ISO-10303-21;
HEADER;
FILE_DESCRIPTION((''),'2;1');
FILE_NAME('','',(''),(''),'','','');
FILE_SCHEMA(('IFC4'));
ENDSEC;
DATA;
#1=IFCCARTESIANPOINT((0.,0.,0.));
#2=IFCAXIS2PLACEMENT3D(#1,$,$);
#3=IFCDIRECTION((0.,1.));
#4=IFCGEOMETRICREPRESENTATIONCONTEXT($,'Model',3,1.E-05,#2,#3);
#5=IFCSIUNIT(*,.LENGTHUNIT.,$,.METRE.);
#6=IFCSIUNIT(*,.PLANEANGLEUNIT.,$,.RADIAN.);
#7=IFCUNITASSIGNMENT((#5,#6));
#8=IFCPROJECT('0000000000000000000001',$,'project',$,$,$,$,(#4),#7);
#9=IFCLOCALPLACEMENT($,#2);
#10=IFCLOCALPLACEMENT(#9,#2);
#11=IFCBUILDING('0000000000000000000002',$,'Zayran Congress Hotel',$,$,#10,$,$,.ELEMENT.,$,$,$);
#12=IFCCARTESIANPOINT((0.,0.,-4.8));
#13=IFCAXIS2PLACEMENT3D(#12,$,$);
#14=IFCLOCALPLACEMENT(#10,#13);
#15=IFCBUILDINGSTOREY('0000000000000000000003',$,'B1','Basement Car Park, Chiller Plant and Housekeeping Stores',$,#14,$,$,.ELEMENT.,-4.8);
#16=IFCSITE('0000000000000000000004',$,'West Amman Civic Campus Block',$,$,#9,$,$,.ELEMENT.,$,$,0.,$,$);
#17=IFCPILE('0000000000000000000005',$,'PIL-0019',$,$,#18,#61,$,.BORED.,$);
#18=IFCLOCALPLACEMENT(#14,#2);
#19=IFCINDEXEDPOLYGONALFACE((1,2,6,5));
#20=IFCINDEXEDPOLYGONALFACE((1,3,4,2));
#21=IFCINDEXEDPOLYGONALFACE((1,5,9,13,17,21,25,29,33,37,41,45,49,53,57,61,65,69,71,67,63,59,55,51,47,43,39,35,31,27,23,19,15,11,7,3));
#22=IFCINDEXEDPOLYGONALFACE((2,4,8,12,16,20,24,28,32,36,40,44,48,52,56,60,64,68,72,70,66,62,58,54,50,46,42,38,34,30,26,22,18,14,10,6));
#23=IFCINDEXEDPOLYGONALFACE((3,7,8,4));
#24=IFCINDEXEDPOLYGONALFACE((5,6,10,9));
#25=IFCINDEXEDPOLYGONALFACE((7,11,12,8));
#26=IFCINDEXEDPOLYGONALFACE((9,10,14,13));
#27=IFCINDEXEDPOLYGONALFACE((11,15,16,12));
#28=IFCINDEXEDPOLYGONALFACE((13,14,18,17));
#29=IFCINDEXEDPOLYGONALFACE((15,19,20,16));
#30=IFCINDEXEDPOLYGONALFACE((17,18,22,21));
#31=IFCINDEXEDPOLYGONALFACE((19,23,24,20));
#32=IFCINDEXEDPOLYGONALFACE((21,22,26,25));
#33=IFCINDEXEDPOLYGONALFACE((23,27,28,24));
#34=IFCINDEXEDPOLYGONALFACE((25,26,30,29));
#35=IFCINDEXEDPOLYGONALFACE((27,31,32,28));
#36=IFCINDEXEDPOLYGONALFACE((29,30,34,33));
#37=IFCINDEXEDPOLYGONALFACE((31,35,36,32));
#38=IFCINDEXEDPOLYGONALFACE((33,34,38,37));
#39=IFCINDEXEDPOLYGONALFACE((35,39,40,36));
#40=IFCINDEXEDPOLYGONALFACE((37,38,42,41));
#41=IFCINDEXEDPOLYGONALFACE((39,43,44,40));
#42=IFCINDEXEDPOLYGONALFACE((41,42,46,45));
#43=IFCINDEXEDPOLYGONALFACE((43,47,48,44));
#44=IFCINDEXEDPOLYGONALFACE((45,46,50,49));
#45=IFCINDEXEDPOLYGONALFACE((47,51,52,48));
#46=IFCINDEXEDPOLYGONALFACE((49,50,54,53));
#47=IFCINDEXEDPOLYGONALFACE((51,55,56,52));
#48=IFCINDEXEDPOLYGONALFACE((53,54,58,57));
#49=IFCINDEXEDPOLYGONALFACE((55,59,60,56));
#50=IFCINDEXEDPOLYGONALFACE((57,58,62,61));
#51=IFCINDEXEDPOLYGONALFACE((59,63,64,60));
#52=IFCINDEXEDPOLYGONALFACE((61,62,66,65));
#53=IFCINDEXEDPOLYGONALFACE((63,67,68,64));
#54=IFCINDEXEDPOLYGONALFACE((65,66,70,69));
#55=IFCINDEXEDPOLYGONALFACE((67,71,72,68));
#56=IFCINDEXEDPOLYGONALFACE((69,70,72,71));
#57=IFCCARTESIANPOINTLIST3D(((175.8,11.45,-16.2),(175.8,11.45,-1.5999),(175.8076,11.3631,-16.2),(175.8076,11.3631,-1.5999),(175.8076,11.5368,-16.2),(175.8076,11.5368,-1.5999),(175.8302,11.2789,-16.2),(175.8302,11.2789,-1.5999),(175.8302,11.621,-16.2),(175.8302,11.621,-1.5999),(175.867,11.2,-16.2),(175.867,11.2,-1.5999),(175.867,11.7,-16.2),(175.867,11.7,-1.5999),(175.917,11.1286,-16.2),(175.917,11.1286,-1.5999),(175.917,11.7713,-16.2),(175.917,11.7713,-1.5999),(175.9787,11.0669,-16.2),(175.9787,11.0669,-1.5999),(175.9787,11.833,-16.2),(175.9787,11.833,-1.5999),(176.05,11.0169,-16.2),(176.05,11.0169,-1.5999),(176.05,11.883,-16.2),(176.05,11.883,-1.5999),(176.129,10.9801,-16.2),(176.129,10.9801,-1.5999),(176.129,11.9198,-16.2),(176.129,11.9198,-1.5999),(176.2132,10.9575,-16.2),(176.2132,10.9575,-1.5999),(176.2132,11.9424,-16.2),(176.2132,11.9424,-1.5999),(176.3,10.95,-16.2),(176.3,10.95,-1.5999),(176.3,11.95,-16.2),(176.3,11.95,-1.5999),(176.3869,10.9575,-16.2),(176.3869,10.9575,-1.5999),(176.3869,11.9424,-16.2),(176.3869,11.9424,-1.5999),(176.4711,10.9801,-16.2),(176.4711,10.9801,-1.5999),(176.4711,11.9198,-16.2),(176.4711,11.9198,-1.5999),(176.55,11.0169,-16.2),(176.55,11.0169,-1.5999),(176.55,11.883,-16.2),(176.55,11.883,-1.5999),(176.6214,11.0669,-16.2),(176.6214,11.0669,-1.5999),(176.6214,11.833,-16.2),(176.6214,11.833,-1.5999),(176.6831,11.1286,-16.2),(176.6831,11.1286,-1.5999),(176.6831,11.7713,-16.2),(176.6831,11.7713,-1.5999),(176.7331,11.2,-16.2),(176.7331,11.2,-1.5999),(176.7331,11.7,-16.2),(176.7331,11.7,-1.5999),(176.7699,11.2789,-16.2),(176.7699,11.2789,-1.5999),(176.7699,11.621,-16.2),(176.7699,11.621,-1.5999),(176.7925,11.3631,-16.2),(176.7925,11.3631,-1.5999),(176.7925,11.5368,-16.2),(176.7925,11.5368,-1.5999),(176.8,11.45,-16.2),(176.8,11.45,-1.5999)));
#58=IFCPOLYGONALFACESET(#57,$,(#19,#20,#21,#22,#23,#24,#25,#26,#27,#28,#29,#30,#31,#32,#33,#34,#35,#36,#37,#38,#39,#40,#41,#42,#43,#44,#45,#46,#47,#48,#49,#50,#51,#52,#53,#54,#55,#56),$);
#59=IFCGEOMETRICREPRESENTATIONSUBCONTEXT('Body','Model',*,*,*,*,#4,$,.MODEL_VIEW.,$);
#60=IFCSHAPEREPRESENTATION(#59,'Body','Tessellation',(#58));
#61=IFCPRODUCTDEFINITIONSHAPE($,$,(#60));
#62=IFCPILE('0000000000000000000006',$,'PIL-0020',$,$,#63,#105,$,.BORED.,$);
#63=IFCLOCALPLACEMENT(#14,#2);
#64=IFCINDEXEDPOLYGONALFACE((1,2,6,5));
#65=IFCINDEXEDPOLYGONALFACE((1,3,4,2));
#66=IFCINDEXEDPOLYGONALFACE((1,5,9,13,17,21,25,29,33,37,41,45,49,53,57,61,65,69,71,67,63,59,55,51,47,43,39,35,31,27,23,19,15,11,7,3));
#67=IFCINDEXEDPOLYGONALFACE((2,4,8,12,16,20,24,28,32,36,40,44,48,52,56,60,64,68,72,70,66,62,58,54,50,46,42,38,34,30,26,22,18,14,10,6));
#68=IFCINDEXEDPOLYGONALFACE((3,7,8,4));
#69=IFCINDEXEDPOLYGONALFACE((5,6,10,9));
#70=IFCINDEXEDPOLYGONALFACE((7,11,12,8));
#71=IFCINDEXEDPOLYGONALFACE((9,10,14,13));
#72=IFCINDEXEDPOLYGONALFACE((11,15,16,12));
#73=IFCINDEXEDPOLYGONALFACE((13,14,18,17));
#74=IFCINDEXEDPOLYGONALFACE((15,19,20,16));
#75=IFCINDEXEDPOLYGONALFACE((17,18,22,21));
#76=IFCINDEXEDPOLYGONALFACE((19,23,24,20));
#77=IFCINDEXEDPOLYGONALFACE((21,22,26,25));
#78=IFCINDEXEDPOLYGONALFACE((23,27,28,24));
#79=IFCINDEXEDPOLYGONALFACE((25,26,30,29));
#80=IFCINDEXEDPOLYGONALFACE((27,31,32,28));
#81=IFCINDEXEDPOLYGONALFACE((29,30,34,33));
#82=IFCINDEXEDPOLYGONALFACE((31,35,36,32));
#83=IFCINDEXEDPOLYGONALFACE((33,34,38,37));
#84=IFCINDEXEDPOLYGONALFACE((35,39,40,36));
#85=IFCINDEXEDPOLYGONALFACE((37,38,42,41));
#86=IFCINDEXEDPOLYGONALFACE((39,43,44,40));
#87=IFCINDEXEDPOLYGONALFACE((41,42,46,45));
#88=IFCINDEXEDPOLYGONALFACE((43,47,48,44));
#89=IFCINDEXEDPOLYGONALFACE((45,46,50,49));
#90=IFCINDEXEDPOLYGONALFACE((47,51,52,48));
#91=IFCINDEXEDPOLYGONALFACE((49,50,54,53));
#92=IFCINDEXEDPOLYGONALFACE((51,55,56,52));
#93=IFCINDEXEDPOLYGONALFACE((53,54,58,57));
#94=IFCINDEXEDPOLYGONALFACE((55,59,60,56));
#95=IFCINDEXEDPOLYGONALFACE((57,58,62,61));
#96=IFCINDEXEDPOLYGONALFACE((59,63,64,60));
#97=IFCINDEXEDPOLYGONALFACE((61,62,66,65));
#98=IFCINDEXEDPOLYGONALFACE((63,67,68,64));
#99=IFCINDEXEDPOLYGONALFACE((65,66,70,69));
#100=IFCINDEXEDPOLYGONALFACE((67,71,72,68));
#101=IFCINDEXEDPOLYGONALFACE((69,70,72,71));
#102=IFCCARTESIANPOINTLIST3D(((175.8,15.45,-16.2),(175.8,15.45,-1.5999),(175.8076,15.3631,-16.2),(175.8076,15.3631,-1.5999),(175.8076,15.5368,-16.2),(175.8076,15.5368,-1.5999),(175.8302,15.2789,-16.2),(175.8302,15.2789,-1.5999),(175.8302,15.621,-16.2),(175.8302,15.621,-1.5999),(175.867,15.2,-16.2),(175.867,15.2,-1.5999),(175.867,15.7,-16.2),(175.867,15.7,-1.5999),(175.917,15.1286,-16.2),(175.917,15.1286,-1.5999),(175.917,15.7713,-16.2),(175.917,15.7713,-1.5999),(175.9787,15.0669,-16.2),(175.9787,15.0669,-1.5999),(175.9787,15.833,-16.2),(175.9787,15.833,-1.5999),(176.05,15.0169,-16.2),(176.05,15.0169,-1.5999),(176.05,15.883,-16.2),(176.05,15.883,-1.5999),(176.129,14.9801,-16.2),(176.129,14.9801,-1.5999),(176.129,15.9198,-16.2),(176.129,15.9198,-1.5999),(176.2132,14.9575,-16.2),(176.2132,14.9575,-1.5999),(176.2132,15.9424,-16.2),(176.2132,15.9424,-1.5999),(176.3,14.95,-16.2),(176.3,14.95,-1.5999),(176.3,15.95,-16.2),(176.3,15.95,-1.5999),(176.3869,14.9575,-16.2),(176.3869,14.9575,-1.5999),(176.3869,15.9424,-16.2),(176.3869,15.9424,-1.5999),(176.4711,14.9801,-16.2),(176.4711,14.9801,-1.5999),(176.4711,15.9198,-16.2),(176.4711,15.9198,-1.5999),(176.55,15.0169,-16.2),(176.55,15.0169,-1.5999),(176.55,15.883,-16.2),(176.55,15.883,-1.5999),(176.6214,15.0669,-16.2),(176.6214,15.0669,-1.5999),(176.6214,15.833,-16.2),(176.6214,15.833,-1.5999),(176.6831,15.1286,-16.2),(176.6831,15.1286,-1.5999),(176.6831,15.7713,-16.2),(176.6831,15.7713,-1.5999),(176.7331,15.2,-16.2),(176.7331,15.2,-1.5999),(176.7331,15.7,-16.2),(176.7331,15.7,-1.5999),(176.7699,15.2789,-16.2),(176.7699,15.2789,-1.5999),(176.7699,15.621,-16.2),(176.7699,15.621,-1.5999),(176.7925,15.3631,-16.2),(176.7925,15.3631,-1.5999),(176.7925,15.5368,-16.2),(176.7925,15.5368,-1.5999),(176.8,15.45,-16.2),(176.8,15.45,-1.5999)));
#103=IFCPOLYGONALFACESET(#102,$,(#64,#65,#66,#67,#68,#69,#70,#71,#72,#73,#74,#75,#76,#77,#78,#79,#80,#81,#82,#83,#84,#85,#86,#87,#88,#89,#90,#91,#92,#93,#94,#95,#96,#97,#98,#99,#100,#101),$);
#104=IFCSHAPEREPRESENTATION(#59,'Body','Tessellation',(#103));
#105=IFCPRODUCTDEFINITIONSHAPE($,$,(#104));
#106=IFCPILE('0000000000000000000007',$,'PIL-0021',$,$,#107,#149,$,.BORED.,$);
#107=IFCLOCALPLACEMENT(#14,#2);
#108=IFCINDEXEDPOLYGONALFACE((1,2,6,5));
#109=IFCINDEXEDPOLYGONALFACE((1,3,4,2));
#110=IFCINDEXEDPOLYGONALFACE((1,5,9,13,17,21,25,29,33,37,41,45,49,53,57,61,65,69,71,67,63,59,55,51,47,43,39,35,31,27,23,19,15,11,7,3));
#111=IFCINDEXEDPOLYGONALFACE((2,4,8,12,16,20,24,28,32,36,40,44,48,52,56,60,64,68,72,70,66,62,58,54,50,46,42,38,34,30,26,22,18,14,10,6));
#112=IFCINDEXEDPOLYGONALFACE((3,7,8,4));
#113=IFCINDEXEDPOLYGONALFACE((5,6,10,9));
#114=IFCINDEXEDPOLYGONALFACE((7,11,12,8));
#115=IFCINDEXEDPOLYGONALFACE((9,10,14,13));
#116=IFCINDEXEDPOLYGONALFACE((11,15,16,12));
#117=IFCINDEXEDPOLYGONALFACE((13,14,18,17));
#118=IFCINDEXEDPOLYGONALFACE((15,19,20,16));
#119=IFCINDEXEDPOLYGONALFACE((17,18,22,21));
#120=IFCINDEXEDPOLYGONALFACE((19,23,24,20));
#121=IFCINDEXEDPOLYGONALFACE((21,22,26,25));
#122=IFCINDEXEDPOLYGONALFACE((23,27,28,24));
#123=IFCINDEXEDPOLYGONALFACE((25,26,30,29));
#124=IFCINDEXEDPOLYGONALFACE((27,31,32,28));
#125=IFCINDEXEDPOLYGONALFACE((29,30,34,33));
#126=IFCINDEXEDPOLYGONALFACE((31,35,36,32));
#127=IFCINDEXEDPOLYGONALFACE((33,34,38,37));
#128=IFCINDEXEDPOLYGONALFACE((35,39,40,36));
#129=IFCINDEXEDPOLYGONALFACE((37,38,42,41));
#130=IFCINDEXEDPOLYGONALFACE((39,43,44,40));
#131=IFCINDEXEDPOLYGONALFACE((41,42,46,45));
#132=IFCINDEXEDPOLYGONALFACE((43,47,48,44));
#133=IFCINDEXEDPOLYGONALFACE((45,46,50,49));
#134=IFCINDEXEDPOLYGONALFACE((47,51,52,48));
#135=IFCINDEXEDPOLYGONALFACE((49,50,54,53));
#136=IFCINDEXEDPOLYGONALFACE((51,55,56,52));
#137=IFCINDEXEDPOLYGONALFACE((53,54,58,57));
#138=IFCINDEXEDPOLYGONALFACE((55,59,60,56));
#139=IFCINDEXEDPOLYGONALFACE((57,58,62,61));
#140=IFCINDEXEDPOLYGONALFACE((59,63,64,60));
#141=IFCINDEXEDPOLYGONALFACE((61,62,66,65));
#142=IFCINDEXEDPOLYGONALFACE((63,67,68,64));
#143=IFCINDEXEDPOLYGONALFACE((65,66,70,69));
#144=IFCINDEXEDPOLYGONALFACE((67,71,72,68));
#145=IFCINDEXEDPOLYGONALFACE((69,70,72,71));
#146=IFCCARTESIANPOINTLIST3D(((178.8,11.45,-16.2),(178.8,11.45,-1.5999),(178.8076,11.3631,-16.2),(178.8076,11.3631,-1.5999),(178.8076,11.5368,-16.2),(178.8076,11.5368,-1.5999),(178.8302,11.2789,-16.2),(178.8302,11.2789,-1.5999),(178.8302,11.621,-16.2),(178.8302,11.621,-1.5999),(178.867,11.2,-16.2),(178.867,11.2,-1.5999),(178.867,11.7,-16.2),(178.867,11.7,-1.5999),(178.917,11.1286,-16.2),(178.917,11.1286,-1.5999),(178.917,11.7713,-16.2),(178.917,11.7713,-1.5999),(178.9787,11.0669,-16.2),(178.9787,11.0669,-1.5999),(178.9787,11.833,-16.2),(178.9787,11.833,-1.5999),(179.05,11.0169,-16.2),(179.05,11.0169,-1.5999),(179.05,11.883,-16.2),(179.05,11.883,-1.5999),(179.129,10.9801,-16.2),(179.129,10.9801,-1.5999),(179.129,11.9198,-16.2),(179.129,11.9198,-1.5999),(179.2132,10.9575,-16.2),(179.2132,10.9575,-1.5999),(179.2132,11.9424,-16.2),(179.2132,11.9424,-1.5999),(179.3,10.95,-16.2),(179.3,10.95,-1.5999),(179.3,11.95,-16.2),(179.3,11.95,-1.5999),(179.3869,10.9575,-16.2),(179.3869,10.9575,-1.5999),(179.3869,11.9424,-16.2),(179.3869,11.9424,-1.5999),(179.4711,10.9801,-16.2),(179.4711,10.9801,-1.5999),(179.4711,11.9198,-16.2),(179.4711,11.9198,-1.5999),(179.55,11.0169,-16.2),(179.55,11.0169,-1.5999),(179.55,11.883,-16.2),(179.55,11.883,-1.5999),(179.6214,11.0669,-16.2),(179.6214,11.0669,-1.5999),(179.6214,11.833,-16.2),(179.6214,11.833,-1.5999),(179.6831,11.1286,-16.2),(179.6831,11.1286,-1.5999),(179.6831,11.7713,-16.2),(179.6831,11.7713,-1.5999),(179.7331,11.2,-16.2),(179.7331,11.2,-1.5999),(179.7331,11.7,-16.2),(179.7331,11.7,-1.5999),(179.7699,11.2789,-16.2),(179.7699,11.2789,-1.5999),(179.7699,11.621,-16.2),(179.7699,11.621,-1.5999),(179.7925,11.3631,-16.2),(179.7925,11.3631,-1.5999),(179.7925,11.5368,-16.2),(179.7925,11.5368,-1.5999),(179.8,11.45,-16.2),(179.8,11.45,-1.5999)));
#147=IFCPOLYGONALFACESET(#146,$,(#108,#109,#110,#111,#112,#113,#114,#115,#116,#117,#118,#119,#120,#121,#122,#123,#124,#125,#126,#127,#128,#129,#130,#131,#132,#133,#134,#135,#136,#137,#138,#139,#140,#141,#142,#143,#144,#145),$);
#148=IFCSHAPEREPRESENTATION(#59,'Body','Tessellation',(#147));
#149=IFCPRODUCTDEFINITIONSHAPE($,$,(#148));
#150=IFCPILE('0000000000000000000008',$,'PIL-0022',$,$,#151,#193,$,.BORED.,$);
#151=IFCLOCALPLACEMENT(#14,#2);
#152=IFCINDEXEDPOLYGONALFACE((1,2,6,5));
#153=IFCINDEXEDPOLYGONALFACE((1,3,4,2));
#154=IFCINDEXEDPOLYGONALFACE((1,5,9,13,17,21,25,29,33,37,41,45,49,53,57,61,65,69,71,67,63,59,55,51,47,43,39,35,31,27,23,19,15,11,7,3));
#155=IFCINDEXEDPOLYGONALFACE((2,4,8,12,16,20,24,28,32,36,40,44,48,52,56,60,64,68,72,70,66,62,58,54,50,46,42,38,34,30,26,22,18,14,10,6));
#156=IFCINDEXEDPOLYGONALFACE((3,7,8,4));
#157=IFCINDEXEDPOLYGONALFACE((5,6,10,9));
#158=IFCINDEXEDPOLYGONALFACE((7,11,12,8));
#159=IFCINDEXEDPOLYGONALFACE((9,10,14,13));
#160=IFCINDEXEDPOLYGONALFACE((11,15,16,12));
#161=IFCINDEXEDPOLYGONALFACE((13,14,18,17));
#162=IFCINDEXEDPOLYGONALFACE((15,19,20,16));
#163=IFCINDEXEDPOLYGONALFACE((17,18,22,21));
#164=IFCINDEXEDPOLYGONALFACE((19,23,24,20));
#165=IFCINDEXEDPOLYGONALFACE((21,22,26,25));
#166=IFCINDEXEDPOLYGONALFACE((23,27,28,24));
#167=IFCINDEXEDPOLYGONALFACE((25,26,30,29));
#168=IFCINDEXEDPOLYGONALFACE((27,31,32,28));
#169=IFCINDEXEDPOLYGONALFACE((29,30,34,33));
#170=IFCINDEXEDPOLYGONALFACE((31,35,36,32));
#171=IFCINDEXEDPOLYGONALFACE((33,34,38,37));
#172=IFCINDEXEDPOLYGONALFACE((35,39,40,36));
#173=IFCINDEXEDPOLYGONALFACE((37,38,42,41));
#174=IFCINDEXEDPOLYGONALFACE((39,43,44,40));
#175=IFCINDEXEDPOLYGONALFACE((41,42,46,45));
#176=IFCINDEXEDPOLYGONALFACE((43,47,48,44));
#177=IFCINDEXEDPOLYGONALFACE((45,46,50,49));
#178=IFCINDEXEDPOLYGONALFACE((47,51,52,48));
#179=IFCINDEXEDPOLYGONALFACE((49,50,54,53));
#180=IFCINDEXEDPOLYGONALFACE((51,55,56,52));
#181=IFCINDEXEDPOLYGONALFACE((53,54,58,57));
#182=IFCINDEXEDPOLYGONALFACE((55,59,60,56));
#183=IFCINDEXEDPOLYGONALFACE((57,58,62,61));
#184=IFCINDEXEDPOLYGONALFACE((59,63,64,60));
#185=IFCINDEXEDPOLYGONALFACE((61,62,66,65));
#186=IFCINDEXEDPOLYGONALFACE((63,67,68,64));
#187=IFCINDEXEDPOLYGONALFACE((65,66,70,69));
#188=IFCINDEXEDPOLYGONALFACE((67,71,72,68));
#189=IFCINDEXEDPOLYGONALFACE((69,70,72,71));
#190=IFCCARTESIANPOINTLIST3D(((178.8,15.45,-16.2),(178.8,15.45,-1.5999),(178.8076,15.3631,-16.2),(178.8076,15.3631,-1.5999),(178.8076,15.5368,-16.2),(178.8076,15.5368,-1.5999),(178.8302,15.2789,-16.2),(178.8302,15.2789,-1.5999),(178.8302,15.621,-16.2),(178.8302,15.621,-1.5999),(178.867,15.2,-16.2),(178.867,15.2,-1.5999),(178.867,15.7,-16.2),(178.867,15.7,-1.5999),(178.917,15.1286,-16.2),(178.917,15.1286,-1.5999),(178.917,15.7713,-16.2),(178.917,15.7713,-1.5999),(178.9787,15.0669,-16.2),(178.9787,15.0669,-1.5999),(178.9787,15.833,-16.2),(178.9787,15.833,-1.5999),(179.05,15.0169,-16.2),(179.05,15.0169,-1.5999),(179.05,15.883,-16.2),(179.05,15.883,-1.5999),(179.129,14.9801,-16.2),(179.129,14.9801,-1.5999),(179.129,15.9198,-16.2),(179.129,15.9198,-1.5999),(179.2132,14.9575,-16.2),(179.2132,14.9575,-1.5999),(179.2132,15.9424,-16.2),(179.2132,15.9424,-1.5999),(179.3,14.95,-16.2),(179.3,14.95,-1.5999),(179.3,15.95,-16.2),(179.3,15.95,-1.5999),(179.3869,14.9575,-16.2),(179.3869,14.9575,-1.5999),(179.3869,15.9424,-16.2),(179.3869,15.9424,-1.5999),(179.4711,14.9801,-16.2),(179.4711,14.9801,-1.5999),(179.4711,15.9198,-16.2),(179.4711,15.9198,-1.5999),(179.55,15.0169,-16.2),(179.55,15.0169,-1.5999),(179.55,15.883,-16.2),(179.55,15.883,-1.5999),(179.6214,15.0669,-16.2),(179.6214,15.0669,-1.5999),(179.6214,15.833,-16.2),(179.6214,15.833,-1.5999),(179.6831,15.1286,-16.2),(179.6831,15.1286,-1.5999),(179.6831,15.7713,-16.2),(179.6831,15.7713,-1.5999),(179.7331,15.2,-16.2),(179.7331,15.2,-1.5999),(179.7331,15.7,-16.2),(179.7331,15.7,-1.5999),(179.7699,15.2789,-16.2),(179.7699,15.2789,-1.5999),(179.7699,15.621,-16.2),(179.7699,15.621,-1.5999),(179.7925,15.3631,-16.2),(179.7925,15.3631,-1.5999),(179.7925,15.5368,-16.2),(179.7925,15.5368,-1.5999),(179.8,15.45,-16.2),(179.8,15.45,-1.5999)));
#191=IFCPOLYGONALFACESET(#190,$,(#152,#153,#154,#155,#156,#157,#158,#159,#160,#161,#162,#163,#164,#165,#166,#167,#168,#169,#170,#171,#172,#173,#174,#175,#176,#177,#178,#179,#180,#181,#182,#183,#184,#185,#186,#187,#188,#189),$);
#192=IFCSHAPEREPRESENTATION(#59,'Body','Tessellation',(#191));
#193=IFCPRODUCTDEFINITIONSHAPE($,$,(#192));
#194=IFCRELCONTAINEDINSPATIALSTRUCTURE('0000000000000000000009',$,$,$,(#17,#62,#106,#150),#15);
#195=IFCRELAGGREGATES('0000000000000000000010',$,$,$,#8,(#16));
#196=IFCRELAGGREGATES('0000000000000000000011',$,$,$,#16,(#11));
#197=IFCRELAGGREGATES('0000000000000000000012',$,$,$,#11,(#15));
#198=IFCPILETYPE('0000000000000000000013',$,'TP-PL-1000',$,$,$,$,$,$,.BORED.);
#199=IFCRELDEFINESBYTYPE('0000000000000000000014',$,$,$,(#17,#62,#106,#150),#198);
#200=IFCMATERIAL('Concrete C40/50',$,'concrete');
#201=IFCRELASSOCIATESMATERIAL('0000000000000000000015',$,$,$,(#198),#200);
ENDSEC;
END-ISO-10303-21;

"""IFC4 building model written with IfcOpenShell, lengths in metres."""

from ifc_helpers import new_model, si_unit, direction, frame, origin, origin_2d, place, context, subcontext, project, spatial, circle, extrude, material, material_profile, profile_set, type_object, element, save


model = new_model("IFC4")

# Units and contexts
model_context = context("Model", 3, precision=1e-05, world=origin(), true_north=direction((0.0, 1.0)))
body_context = subcontext(model_context, "Body", "Model", "MODEL_VIEW")
ifc_project = project(units=[si_unit("LENGTHUNIT", "METRE"), si_unit("PLANEANGLEUNIT", "RADIAN")], contexts=[model_context])

# Site, building, storey
site_placement = place(None, origin())
site = spatial("IfcSite", under=ifc_project, at=site_placement, Name="West Amman Civic Campus Block", CompositionType="ELEMENT", RefElevation=0.0)
building_placement = place(site_placement, origin())
building = spatial("IfcBuilding", under=site, at=building_placement, Name="Zayran Congress Hotel", CompositionType="ELEMENT")
storey_placement = place(building_placement, frame((0.0, 0.0, -4.8)))
storey = spatial("IfcBuildingStorey", under=building, at=storey_placement, Name="B1", Description="Basement Car Park, Chiller Plant and Housekeeping Stores", CompositionType="ELEMENT", Elevation=-4.8)

# Piles
ifc_material = material(Name="Concrete C40/50", Category="concrete")
ifc_material_profile_1 = material_profile(ifc_material, circle(Radius=0.5, at=origin_2d()), Name="PILE D1000")
ifc_profile_set_1 = profile_set([ifc_material_profile_1], Name="Concrete C40/50")
pile_type_1 = type_object("IfcPileType", Name="TP-PL-1000", PredefinedType="BORED", material=ifc_profile_set_1)
for number, where, z_axis, x_axis, name in (
    (1, (176.3, 11.45, -1.5999), (0.0, 0.0, -1.0), (1.0, 0.0, 0.0), "PIL-0019"),
    (2, (176.3, 15.45, -1.5999), (0.0, 0.0, -1.0), (1.0, 0.0, 0.0), "PIL-0020"),
    (3, (179.3, 11.45, -1.5999), (0.0, 0.0, -1.0), (1.0, 0.0, 0.0), "PIL-0021"),
    (4, (179.3, 15.45, -1.5999), (0.0, 0.0, -1.0), (1.0, 0.0, 0.0), "PIL-0022"),
):
    element("IfcPile", number, at=place(storey_placement, frame(where, z_axis=z_axis, x_axis=x_axis)), inside=storey, type_object=pile_type_1, Name=name, PredefinedType="BORED", context=body_context, shape_type="SweptSolid", body=[
        extrude(circle(Radius=0.5, at=origin_2d()), origin(), (0.0, 0.0, 1.0), 14.6001),
    ])

save(model, "model.ifc")
